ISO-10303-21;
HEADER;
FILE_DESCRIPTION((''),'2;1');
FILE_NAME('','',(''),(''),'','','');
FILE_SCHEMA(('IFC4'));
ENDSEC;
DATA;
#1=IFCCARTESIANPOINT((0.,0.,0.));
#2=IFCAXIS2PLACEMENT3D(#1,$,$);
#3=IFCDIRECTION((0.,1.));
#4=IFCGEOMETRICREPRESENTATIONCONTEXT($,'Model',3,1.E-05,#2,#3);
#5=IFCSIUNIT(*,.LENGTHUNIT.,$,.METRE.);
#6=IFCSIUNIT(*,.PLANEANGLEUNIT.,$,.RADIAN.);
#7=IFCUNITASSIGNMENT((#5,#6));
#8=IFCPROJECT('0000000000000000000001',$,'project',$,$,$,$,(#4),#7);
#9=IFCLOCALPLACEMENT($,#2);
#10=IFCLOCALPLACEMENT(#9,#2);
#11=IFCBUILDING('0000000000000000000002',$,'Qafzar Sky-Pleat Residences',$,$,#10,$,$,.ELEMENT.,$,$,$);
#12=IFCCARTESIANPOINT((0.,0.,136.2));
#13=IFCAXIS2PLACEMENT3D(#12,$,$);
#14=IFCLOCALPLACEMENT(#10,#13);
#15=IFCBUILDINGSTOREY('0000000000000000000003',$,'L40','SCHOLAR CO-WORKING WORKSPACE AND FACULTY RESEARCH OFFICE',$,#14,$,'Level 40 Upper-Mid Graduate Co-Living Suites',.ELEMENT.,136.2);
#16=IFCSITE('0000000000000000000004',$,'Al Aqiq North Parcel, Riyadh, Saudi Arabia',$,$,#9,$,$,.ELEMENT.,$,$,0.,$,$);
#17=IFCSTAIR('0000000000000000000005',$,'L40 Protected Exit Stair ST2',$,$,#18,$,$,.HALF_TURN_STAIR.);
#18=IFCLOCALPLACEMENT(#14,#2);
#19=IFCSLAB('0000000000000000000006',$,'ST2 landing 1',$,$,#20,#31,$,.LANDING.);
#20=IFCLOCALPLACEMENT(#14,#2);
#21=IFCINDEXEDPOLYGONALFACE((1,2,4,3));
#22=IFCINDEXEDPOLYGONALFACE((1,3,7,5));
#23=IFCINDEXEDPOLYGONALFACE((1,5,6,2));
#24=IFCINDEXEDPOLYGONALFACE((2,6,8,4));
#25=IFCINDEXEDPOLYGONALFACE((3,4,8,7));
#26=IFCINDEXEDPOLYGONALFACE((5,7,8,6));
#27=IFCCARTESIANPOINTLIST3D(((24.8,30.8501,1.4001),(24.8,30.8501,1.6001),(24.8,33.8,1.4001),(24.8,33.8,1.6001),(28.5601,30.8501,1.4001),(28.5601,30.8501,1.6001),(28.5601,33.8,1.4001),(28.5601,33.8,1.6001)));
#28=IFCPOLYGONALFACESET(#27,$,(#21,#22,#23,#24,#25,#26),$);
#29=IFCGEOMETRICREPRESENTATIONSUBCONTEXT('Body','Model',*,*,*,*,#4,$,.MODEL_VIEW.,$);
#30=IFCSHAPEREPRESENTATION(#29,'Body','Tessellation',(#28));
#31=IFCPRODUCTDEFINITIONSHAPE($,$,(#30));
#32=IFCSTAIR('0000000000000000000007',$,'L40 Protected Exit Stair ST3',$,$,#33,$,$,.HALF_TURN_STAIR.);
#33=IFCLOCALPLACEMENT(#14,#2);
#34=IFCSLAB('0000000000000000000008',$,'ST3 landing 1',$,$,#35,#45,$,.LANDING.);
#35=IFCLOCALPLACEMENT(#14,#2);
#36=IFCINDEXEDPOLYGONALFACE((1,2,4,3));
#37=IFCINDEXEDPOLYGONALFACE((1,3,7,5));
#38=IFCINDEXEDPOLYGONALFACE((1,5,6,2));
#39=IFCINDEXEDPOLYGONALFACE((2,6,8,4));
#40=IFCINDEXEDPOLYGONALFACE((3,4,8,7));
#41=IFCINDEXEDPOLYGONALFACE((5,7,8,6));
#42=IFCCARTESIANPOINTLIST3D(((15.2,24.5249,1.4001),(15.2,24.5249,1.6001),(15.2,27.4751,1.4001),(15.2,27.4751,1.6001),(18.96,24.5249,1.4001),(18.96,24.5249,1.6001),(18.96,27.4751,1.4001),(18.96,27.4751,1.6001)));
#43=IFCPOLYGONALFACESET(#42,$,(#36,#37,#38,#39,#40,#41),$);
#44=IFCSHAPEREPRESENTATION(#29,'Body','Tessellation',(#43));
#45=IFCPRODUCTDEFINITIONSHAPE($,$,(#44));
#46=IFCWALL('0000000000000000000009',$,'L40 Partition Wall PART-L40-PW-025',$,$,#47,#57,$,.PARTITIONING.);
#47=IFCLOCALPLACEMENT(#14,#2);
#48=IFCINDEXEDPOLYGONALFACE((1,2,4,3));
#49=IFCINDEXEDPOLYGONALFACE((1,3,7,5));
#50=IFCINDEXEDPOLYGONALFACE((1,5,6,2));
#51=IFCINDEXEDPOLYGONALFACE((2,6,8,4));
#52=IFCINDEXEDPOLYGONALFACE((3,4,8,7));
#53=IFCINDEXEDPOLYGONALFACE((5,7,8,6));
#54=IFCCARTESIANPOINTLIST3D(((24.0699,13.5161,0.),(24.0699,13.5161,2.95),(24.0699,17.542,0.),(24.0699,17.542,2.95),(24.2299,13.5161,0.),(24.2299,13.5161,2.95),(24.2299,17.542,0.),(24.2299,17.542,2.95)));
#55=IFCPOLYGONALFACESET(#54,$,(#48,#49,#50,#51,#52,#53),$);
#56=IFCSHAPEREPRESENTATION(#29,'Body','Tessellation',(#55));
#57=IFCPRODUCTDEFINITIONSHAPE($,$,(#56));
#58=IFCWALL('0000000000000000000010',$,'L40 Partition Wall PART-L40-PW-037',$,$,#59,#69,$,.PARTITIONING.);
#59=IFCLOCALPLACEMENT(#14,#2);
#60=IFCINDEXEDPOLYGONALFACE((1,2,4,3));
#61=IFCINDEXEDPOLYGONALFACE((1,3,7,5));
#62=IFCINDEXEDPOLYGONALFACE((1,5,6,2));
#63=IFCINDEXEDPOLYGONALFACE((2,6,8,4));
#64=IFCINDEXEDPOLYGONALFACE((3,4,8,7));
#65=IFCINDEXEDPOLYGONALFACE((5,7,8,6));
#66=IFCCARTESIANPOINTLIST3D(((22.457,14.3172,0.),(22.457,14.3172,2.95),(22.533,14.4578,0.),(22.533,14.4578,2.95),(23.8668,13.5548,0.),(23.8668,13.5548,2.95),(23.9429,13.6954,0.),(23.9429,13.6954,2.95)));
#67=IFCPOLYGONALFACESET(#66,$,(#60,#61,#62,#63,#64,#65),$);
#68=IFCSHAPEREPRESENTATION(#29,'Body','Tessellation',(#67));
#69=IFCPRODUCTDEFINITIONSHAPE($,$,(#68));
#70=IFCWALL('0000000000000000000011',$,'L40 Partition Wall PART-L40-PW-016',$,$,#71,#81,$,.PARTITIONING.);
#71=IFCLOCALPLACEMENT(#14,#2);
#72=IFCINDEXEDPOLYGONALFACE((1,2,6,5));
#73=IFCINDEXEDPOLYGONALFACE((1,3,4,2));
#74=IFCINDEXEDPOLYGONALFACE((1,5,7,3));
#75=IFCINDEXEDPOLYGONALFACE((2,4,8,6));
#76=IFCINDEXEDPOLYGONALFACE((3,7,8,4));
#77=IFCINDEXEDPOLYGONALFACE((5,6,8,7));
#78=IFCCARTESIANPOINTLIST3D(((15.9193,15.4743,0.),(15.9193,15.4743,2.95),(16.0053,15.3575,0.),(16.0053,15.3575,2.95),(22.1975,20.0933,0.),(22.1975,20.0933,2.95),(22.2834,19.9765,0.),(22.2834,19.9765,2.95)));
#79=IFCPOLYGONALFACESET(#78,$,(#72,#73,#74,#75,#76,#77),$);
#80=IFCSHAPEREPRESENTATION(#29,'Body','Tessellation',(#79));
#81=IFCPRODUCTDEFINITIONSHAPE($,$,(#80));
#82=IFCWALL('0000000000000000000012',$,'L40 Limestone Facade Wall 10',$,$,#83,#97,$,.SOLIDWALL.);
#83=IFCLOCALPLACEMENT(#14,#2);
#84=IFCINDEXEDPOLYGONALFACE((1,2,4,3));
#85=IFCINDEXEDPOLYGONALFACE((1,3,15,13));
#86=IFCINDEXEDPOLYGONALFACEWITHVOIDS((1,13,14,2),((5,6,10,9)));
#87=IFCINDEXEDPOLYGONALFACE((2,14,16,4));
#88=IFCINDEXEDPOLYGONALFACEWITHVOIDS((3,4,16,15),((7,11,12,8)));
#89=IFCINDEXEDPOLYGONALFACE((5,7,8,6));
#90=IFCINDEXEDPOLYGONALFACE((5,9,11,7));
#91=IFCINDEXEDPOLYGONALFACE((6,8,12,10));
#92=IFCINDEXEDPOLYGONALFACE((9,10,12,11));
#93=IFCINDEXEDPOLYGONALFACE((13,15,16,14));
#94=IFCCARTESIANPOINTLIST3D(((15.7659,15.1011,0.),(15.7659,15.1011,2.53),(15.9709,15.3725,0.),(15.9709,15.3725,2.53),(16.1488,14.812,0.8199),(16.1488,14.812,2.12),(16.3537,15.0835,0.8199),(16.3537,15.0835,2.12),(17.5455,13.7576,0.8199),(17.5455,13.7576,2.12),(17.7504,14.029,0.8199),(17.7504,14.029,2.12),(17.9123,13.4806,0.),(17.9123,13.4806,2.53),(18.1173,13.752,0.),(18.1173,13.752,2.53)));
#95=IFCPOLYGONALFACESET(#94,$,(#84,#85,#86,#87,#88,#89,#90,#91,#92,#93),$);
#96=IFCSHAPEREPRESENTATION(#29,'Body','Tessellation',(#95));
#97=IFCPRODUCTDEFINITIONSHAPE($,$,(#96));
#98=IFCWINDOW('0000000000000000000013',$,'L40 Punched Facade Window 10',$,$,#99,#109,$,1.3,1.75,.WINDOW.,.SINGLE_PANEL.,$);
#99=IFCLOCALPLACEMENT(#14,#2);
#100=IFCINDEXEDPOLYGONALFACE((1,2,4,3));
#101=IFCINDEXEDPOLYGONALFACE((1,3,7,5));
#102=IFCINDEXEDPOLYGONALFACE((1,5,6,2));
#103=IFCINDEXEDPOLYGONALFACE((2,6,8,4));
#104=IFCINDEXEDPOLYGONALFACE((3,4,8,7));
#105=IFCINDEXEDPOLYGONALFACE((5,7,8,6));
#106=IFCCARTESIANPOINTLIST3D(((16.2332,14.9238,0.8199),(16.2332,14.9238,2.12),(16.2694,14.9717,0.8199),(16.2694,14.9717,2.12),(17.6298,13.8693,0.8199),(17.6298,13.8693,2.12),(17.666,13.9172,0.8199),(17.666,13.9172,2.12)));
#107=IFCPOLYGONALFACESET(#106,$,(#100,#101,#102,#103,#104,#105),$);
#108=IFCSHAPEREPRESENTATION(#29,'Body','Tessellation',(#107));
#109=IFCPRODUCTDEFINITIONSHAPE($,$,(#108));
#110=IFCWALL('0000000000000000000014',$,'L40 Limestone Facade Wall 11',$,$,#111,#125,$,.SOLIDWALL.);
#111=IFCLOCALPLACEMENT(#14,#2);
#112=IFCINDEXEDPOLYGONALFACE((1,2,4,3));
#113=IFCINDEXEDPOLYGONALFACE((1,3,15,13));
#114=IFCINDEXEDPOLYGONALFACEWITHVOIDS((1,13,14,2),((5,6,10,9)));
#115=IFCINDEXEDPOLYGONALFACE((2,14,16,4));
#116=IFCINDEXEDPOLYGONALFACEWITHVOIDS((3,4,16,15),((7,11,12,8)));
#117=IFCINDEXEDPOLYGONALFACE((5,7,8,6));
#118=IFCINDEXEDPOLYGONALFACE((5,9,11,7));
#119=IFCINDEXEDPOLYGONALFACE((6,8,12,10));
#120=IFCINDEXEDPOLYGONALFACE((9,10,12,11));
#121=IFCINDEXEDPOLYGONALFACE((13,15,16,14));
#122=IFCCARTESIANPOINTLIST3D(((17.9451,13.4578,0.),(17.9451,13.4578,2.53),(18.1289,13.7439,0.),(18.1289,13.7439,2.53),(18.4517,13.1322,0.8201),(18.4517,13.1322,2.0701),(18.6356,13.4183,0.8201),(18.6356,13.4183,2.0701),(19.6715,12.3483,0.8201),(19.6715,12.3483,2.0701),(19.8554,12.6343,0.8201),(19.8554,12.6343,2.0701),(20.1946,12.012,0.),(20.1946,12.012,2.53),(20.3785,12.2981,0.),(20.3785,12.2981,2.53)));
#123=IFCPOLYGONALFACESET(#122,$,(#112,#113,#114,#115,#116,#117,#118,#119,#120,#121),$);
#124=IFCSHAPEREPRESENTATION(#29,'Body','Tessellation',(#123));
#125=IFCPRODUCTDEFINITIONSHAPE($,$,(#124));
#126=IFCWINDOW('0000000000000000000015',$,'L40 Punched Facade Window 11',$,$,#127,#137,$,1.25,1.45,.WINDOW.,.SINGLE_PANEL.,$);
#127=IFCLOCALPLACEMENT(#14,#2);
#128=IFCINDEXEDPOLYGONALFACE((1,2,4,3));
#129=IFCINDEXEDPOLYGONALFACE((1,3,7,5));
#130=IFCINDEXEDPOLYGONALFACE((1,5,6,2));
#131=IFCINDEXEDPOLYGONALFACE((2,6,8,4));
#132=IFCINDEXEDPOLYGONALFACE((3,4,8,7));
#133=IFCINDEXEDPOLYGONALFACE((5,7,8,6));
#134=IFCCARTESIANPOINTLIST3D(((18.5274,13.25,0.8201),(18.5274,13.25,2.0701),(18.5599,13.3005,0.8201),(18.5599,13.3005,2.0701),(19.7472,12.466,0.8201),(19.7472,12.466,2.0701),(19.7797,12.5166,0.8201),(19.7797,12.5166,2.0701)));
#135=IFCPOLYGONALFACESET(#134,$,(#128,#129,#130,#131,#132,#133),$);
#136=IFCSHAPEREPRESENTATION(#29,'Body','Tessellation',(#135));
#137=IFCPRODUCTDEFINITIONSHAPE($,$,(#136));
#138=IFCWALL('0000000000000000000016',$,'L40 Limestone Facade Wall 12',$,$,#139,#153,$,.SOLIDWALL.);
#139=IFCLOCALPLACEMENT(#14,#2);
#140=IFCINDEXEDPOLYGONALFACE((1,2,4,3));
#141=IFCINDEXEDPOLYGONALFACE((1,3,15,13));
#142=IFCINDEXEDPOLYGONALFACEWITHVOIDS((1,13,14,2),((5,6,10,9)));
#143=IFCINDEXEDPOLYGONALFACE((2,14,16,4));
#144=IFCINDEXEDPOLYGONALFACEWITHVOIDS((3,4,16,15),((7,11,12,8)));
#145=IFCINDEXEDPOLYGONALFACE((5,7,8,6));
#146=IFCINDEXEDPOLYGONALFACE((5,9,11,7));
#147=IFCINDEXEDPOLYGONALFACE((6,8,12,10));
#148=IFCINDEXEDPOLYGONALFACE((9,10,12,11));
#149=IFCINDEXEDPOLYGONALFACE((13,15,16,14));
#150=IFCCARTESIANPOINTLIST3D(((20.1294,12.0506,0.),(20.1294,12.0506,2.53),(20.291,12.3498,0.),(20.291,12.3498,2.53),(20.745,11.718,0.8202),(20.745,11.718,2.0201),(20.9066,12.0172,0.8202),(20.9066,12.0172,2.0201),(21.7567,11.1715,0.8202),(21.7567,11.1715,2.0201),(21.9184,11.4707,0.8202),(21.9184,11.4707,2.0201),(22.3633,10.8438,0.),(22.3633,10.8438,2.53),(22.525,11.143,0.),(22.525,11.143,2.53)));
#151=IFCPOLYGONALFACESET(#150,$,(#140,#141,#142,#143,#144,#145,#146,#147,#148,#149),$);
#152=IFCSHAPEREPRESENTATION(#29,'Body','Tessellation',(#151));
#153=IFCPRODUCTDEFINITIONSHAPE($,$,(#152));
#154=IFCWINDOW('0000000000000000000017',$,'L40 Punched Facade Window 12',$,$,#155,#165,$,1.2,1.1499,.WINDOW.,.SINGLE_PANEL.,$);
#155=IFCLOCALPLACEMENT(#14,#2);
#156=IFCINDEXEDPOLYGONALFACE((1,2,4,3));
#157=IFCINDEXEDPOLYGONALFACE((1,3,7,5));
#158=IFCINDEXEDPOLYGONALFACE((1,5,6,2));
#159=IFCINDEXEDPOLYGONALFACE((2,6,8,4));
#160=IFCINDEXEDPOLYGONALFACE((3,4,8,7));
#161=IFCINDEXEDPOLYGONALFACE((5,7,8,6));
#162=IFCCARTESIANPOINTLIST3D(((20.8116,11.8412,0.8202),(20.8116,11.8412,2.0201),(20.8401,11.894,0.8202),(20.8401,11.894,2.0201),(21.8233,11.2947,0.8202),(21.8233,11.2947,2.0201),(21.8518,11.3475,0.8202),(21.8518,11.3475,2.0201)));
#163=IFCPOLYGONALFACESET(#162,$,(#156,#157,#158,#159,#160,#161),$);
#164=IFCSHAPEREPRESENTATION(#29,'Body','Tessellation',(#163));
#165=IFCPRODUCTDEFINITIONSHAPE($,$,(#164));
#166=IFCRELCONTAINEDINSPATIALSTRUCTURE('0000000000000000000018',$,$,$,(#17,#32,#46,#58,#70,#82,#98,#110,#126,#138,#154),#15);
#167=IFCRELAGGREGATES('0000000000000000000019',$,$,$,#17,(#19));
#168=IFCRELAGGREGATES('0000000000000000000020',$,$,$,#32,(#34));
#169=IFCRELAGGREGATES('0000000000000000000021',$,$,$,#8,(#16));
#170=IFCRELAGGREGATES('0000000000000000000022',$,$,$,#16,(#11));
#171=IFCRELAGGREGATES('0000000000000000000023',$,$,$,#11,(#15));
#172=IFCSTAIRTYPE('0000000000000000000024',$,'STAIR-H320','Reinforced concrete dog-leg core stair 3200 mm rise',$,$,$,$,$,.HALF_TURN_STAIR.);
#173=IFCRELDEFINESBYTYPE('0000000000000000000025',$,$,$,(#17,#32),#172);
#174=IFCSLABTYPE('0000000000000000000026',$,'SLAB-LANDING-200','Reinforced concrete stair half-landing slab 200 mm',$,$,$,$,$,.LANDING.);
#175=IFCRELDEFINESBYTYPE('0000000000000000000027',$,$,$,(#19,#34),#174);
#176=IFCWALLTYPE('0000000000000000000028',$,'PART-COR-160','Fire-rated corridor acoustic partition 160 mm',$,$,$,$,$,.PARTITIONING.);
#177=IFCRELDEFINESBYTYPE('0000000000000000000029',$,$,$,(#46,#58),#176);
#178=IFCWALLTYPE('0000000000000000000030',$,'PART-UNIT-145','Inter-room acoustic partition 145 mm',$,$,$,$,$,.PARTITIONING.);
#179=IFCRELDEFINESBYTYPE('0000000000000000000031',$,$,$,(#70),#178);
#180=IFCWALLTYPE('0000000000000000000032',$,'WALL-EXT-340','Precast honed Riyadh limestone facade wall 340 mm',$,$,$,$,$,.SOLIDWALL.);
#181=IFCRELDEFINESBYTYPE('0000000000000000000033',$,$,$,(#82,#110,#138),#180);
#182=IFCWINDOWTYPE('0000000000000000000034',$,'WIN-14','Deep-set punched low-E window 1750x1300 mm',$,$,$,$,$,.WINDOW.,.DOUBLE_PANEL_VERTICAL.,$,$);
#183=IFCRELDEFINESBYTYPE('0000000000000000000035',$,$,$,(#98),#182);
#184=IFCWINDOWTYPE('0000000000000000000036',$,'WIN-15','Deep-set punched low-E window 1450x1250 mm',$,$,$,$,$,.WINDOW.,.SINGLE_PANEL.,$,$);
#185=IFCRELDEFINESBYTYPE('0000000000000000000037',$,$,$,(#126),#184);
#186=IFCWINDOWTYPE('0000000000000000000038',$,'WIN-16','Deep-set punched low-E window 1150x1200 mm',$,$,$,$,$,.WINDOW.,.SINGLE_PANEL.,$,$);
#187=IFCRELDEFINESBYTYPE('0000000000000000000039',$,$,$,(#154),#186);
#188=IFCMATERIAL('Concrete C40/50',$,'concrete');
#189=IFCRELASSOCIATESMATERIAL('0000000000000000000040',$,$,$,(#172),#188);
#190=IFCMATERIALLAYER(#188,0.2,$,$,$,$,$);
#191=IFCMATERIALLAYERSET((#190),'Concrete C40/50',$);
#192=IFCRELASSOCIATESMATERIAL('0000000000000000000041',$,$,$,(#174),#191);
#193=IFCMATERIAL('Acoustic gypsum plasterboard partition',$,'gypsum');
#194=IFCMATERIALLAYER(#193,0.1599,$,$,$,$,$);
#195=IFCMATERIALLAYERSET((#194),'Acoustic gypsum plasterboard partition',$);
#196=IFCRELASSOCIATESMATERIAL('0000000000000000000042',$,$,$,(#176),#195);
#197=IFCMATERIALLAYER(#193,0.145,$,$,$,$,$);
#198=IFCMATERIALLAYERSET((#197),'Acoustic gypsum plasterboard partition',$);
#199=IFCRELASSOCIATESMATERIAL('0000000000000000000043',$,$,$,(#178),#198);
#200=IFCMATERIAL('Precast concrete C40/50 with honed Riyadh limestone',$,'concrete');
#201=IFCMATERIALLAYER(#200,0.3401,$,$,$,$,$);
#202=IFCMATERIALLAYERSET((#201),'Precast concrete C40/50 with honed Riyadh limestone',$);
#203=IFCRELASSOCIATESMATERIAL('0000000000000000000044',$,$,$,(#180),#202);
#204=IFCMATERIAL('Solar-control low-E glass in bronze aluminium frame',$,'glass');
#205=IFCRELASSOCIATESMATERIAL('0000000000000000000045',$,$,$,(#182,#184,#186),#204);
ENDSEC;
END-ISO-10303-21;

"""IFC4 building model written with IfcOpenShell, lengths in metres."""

from ifc_helpers import new_model, si_unit, direction, frame, frame_2d, origin, place, context, subcontext, project, spatial, polyline, rectangle, outline, extrude, source, transform, mapped, material, layer, layer_set, type_object, element, fill, aggregate, save


model = new_model("IFC4")

# Units and contexts
model_context = context("Model", 3, precision=1e-05, world=origin(), true_north=direction((0.0, 1.0)))
body_context = subcontext(model_context, "Body", "Model", "MODEL_VIEW")
ifc_project = project(units=[si_unit("LENGTHUNIT", "METRE"), si_unit("PLANEANGLEUNIT", "RADIAN")], contexts=[model_context])

# Site, building, storey
site_placement = place(None, origin())
site = spatial("IfcSite", under=ifc_project, at=site_placement, Name="Al Aqiq North Parcel, Riyadh, Saudi Arabia", CompositionType="ELEMENT", RefElevation=0.0)
building_placement = place(site_placement, origin())
building = spatial("IfcBuilding", under=site, at=building_placement, Name="Qafzar Sky-Pleat Residences", CompositionType="ELEMENT")
storey_placement = place(building_placement, frame((0.0, 0.0, 136.2)))
storey = spatial("IfcBuildingStorey", under=building, at=storey_placement, Name="L40", Description="SCHOLAR CO-WORKING WORKSPACE AND FACULTY RESEARCH OFFICE", LongName="Level 40 Upper-Mid Graduate Co-Living Suites", CompositionType="ELEMENT", Elevation=136.2)

# Shared definitions
ifc_material_1 = material(Name="Concrete C40/50", Category="concrete")

# Stairs, slabs
stair_type = type_object("IfcStairType", Name="STAIR-H320", Description="Reinforced concrete dog-leg core stair 3200 mm rise", PredefinedType="HALF_TURN_STAIR", material=ifc_material_1)
ifc_layer_1 = layer(ifc_material_1, 0.2)
ifc_layer_set_1 = layer_set([ifc_layer_1], Name="Concrete C40/50")
slab_type_1 = type_object("IfcSlabType", Name="SLAB-LANDING-200", Description="Reinforced concrete stair half-landing slab 200 mm", PredefinedType="LANDING", material=ifc_layer_set_1)
stair_1_placement = place(storey_placement, origin())
stair_1 = element("IfcStair", 1, at=stair_1_placement, inside=storey, type_object=stair_type, Name="L40 Protected Exit Stair ST2", PredefinedType="HALF_TURN_STAIR")
slab_1_placement = place(storey_placement, frame((0.0, 0.0, 1.4001)))
slab_1 = element("IfcSlab", 2, at=slab_1_placement, type_object=slab_type_1, Name="ST2 landing 1", PredefinedType="LANDING", context=body_context, shape_type="SweptSolid", body=[
    extrude(outline(polyline([(28.5601, 33.8), (24.8, 33.8), (24.8, 30.8501), (28.5601, 30.8501), (28.5601, 33.8)])), origin(), (0.0, 0.0, 1.0), 0.2),
])
aggregate(stair_1, [slab_1])
stair_2_placement = place(storey_placement, origin())
stair_2 = element("IfcStair", 3, at=stair_2_placement, inside=storey, type_object=stair_type, Name="L40 Protected Exit Stair ST3", PredefinedType="HALF_TURN_STAIR")
slab_2_placement = place(storey_placement, frame((0.0, 0.0, 1.4001)))
slab_2 = element("IfcSlab", 4, at=slab_2_placement, type_object=slab_type_1, Name="ST3 landing 1", PredefinedType="LANDING", context=body_context, shape_type="SweptSolid", body=[
    extrude(outline(polyline([(18.96, 27.4751), (15.2, 27.4751), (15.2, 24.5249), (18.96, 24.5249), (18.96, 27.4751)])), origin(), (0.0, 0.0, 1.0), 0.2),
])
aggregate(stair_2, [slab_2])

# Walls
ifc_material_2 = material(Name="Acoustic gypsum plasterboard partition", Category="gypsum")
ifc_layer_2 = layer(ifc_material_2, 0.1599)
ifc_layer_set_2 = layer_set([ifc_layer_2], Name="Acoustic gypsum plasterboard partition")
wall_type_1 = type_object("IfcWallType", Name="PART-COR-160", Description="Fire-rated corridor acoustic partition 160 mm", PredefinedType="PARTITIONING", material=ifc_layer_set_2)
wall_1_placement = place(storey_placement, frame((24.1499, 13.5161, 0.0), z_axis=(0.0, 0.0, 1.0), x_axis=(0.0, 1.0, 0.0)))
element("IfcWall", 5, at=wall_1_placement, inside=storey, type_object=wall_type_1, Name="L40 Partition Wall PART-L40-PW-025", PredefinedType="PARTITIONING", context=body_context, shape_type="SweptSolid", body=[
    extrude(rectangle(XDim=4.0259, YDim=0.1599, at=frame_2d((2.0129, 0.0))), origin(), (0.0, 0.0, 1.0), 2.95),
])
wall_2_placement = place(storey_placement, frame((22.4951, 14.3875, 0.0), z_axis=(0.0, 0.0, 1.0), x_axis=(0.879619, -0.47568, 0.0)))
element("IfcWall", 6, at=wall_2_placement, inside=storey, type_object=wall_type_1, Name="L40 Partition Wall PART-L40-PW-037", PredefinedType="PARTITIONING", context=body_context, shape_type="SweptSolid", body=[
    extrude(rectangle(XDim=1.6028, YDim=0.1599, at=frame_2d((0.8013, 0.0))), origin(), (0.0, 0.0, 1.0), 2.95),
])
ifc_layer_3 = layer(ifc_material_2, 0.145)
ifc_layer_set_3 = layer_set([ifc_layer_3], Name="Acoustic gypsum plasterboard partition")
wall_type_2 = type_object("IfcWallType", Name="PART-UNIT-145", Description="Inter-room acoustic partition 145 mm", PredefinedType="PARTITIONING", material=ifc_layer_set_3)
wall_3_placement = place(storey_placement, frame((15.9624, 15.416, 0.0), z_axis=(0.0, 0.0, 1.0), x_axis=(0.805488, 0.592612, 0.0)))
element("IfcWall", 7, at=wall_3_placement, inside=storey, type_object=wall_type_2, Name="L40 Partition Wall PART-L40-PW-016", PredefinedType="PARTITIONING", context=body_context, shape_type="SweptSolid", body=[
    extrude(rectangle(XDim=7.7942, YDim=0.145, at=frame_2d((3.897, 0.0))), origin(), (0.0, 0.0, 1.0), 2.95),
])

# Walls, openings, windows
ifc_material_3 = material(Name="Precast concrete C40/50 with honed Riyadh limestone", Category="concrete")
ifc_layer_4 = layer(ifc_material_3, 0.3401)
ifc_layer_set_4 = layer_set([ifc_layer_4], Name="Precast concrete C40/50 with honed Riyadh limestone")
wall_type_3 = type_object("IfcWallType", Name="WALL-EXT-340", Description="Precast honed Riyadh limestone facade wall 340 mm", PredefinedType="SOLIDWALL", material=ifc_layer_set_4)
wall_4_placement = place(storey_placement, frame((15.8684, 15.2368, 0.0), z_axis=(0.0, 0.0, 1.0), x_axis=(0.798079, -0.602553, 0.0)))
wall_4 = element("IfcWall", 8, at=wall_4_placement, inside=storey, type_object=wall_type_3, Name="L40 Limestone Facade Wall 10", PredefinedType="SOLIDWALL", context=body_context, shape_type="SweptSolid", body=[
    extrude(rectangle(XDim=2.6895, YDim=0.3401, at=frame_2d((1.3447, 0.0))), origin(), (0.0, 0.0, 1.0), 2.53),
])
opening_1_placement = place(wall_4_placement, frame((0.4797, 0.0, 0.8201)))
opening_1 = element("IfcOpeningElement", 9, at=opening_1_placement, cuts=wall_4, PredefinedType="OPENING", context=body_context, shape_type="SweptSolid", body=[
    extrude(rectangle(XDim=1.75, YDim=1.3, at=frame_2d((0.875, 0.6499))), frame((0.0, 0.1802, 0.0), z_axis=(0.0, -1.0, 0.0), x_axis=(1.0, 0.0, 0.0)), (0.0, 0.0, 1.0), 0.3601),
])
ifc_material_4 = material(Name="Solar-control low-E glass in bronze aluminium frame", Category="glass")
window_type_1 = type_object("IfcWindowType", Name="WIN-14", Description="Deep-set punched low-E window 1750x1300 mm", PartitioningType="DOUBLE_PANEL_VERTICAL", PredefinedType="WINDOW", material=ifc_material_4)
shared_shape_1 = source(origin(), body_context, "Body", "SweptSolid", [
    extrude(rectangle(XDim=1.75, YDim=1.3, at=frame_2d((0.875, 0.6499))), frame((0.0, 0.03, 0.0), z_axis=(0.0, -1.0, 0.0), x_axis=(1.0, 0.0, 0.0)), (0.0, 0.0, 1.0), 0.0601),
])
window_1_placement = place(opening_1_placement, origin())
window_1 = element("IfcWindow", 10, at=window_1_placement, inside=storey, type_object=window_type_1, Name="L40 Punched Facade Window 10", OverallHeight=1.3, OverallWidth=1.75, PartitioningType="SINGLE_PANEL", PredefinedType="WINDOW", context=body_context, shape_type="MappedRepresentation", body=[
    mapped(shared_shape_1, transform((0.0, 0.0, 0.0), x_axis=(1.0, 0.0, 0.0), y_axis=(0.0, 1.0, 0.0), z_axis=(0.0, 0.0, 1.0), scale=1.0)),
])
fill(opening_1, window_1)
wall_5_placement = place(storey_placement, frame((18.0371, 13.6008, 0.0), z_axis=(0.0, 0.0, 1.0), x_axis=(0.841232, -0.540675, 0.0)))
wall_5 = element("IfcWall", 11, at=wall_5_placement, inside=storey, type_object=wall_type_3, Name="L40 Limestone Facade Wall 11", PredefinedType="SOLIDWALL", context=body_context, shape_type="SweptSolid", body=[
    extrude(rectangle(XDim=2.6741, YDim=0.3401, at=frame_2d((1.3369, 0.0))), origin(), (0.0, 0.0, 1.0), 2.53),
])
opening_2_placement = place(wall_5_placement, frame((0.6021, 0.0, 0.8201)))
opening_2 = element("IfcOpeningElement", 12, at=opening_2_placement, cuts=wall_5, PredefinedType="OPENING", context=body_context, shape_type="SweptSolid", body=[
    extrude(rectangle(XDim=1.45, YDim=1.25, at=frame_2d((0.7251, 0.625))), frame((0.0, 0.1802, 0.0), z_axis=(0.0, -1.0, 0.0), x_axis=(1.0, 0.0, 0.0)), (0.0, 0.0, 1.0), 0.3601),
])
window_type_2 = type_object("IfcWindowType", Name="WIN-15", Description="Deep-set punched low-E window 1450x1250 mm", PartitioningType="SINGLE_PANEL", PredefinedType="WINDOW", material=ifc_material_4)
shared_shape_2 = source(origin(), body_context, "Body", "SweptSolid", [
    extrude(rectangle(XDim=1.45, YDim=1.25, at=frame_2d((0.7251, 0.625))), frame((0.0, 0.03, 0.0), z_axis=(0.0, -1.0, 0.0), x_axis=(1.0, 0.0, 0.0)), (0.0, 0.0, 1.0), 0.0601),
])
window_2_placement = place(opening_2_placement, origin())
window_2 = element("IfcWindow", 13, at=window_2_placement, inside=storey, type_object=window_type_2, Name="L40 Punched Facade Window 11", OverallHeight=1.25, OverallWidth=1.45, PartitioningType="SINGLE_PANEL", PredefinedType="WINDOW", context=body_context, shape_type="MappedRepresentation", body=[
    mapped(shared_shape_2, transform((0.0, 0.0, 0.0), x_axis=(1.0, 0.0, 0.0), y_axis=(0.0, 1.0, 0.0), z_axis=(0.0, 0.0, 1.0), scale=1.0)),
])
fill(opening_2, window_2)
wall_6_placement = place(storey_placement, frame((20.2102, 12.2002, 0.0), z_axis=(0.0, 0.0, 1.0), x_axis=(0.879825, -0.475298, 0.0)))
wall_6 = element("IfcWall", 14, at=wall_6_placement, inside=storey, type_object=wall_type_3, Name="L40 Limestone Facade Wall 12", PredefinedType="SOLIDWALL", context=body_context, shape_type="SweptSolid", body=[
    extrude(rectangle(XDim=2.5391, YDim=0.3401, at=frame_2d((1.2695, 0.0))), origin(), (0.0, 0.0, 1.0), 2.53),
])
opening_3_placement = place(wall_6_placement, frame((0.6997, 0.0, 0.8201)))
opening_3 = element("IfcOpeningElement", 15, at=opening_3_placement, cuts=wall_6, PredefinedType="OPENING", context=body_context, shape_type="SweptSolid", body=[
    extrude(rectangle(XDim=1.1499, YDim=1.2, at=frame_2d((0.575, 0.6001))), frame((0.0, 0.1802, 0.0), z_axis=(0.0, -1.0, 0.0), x_axis=(1.0, 0.0, 0.0)), (0.0, 0.0, 1.0), 0.3601),
])
window_type_3 = type_object("IfcWindowType", Name="WIN-16", Description="Deep-set punched low-E window 1150x1200 mm", PartitioningType="SINGLE_PANEL", PredefinedType="WINDOW", material=ifc_material_4)
shared_shape_3 = source(origin(), body_context, "Body", "SweptSolid", [
    extrude(rectangle(XDim=1.1499, YDim=1.2, at=frame_2d((0.575, 0.6001))), frame((0.0, 0.03, 0.0), z_axis=(0.0, -1.0, 0.0), x_axis=(1.0, 0.0, 0.0)), (0.0, 0.0, 1.0), 0.0601),
])
window_3_placement = place(opening_3_placement, origin())
window_3 = element("IfcWindow", 16, at=window_3_placement, inside=storey, type_object=window_type_3, Name="L40 Punched Facade Window 12", OverallHeight=1.2, OverallWidth=1.1499, PartitioningType="SINGLE_PANEL", PredefinedType="WINDOW", context=body_context, shape_type="MappedRepresentation", body=[
    mapped(shared_shape_3, transform((0.0, 0.0, 0.0), x_axis=(1.0, 0.0, 0.0), y_axis=(0.0, 1.0, 0.0), z_axis=(0.0, 0.0, 1.0), scale=1.0)),
])
fill(opening_3, window_3)

save(model, "model.ifc")
